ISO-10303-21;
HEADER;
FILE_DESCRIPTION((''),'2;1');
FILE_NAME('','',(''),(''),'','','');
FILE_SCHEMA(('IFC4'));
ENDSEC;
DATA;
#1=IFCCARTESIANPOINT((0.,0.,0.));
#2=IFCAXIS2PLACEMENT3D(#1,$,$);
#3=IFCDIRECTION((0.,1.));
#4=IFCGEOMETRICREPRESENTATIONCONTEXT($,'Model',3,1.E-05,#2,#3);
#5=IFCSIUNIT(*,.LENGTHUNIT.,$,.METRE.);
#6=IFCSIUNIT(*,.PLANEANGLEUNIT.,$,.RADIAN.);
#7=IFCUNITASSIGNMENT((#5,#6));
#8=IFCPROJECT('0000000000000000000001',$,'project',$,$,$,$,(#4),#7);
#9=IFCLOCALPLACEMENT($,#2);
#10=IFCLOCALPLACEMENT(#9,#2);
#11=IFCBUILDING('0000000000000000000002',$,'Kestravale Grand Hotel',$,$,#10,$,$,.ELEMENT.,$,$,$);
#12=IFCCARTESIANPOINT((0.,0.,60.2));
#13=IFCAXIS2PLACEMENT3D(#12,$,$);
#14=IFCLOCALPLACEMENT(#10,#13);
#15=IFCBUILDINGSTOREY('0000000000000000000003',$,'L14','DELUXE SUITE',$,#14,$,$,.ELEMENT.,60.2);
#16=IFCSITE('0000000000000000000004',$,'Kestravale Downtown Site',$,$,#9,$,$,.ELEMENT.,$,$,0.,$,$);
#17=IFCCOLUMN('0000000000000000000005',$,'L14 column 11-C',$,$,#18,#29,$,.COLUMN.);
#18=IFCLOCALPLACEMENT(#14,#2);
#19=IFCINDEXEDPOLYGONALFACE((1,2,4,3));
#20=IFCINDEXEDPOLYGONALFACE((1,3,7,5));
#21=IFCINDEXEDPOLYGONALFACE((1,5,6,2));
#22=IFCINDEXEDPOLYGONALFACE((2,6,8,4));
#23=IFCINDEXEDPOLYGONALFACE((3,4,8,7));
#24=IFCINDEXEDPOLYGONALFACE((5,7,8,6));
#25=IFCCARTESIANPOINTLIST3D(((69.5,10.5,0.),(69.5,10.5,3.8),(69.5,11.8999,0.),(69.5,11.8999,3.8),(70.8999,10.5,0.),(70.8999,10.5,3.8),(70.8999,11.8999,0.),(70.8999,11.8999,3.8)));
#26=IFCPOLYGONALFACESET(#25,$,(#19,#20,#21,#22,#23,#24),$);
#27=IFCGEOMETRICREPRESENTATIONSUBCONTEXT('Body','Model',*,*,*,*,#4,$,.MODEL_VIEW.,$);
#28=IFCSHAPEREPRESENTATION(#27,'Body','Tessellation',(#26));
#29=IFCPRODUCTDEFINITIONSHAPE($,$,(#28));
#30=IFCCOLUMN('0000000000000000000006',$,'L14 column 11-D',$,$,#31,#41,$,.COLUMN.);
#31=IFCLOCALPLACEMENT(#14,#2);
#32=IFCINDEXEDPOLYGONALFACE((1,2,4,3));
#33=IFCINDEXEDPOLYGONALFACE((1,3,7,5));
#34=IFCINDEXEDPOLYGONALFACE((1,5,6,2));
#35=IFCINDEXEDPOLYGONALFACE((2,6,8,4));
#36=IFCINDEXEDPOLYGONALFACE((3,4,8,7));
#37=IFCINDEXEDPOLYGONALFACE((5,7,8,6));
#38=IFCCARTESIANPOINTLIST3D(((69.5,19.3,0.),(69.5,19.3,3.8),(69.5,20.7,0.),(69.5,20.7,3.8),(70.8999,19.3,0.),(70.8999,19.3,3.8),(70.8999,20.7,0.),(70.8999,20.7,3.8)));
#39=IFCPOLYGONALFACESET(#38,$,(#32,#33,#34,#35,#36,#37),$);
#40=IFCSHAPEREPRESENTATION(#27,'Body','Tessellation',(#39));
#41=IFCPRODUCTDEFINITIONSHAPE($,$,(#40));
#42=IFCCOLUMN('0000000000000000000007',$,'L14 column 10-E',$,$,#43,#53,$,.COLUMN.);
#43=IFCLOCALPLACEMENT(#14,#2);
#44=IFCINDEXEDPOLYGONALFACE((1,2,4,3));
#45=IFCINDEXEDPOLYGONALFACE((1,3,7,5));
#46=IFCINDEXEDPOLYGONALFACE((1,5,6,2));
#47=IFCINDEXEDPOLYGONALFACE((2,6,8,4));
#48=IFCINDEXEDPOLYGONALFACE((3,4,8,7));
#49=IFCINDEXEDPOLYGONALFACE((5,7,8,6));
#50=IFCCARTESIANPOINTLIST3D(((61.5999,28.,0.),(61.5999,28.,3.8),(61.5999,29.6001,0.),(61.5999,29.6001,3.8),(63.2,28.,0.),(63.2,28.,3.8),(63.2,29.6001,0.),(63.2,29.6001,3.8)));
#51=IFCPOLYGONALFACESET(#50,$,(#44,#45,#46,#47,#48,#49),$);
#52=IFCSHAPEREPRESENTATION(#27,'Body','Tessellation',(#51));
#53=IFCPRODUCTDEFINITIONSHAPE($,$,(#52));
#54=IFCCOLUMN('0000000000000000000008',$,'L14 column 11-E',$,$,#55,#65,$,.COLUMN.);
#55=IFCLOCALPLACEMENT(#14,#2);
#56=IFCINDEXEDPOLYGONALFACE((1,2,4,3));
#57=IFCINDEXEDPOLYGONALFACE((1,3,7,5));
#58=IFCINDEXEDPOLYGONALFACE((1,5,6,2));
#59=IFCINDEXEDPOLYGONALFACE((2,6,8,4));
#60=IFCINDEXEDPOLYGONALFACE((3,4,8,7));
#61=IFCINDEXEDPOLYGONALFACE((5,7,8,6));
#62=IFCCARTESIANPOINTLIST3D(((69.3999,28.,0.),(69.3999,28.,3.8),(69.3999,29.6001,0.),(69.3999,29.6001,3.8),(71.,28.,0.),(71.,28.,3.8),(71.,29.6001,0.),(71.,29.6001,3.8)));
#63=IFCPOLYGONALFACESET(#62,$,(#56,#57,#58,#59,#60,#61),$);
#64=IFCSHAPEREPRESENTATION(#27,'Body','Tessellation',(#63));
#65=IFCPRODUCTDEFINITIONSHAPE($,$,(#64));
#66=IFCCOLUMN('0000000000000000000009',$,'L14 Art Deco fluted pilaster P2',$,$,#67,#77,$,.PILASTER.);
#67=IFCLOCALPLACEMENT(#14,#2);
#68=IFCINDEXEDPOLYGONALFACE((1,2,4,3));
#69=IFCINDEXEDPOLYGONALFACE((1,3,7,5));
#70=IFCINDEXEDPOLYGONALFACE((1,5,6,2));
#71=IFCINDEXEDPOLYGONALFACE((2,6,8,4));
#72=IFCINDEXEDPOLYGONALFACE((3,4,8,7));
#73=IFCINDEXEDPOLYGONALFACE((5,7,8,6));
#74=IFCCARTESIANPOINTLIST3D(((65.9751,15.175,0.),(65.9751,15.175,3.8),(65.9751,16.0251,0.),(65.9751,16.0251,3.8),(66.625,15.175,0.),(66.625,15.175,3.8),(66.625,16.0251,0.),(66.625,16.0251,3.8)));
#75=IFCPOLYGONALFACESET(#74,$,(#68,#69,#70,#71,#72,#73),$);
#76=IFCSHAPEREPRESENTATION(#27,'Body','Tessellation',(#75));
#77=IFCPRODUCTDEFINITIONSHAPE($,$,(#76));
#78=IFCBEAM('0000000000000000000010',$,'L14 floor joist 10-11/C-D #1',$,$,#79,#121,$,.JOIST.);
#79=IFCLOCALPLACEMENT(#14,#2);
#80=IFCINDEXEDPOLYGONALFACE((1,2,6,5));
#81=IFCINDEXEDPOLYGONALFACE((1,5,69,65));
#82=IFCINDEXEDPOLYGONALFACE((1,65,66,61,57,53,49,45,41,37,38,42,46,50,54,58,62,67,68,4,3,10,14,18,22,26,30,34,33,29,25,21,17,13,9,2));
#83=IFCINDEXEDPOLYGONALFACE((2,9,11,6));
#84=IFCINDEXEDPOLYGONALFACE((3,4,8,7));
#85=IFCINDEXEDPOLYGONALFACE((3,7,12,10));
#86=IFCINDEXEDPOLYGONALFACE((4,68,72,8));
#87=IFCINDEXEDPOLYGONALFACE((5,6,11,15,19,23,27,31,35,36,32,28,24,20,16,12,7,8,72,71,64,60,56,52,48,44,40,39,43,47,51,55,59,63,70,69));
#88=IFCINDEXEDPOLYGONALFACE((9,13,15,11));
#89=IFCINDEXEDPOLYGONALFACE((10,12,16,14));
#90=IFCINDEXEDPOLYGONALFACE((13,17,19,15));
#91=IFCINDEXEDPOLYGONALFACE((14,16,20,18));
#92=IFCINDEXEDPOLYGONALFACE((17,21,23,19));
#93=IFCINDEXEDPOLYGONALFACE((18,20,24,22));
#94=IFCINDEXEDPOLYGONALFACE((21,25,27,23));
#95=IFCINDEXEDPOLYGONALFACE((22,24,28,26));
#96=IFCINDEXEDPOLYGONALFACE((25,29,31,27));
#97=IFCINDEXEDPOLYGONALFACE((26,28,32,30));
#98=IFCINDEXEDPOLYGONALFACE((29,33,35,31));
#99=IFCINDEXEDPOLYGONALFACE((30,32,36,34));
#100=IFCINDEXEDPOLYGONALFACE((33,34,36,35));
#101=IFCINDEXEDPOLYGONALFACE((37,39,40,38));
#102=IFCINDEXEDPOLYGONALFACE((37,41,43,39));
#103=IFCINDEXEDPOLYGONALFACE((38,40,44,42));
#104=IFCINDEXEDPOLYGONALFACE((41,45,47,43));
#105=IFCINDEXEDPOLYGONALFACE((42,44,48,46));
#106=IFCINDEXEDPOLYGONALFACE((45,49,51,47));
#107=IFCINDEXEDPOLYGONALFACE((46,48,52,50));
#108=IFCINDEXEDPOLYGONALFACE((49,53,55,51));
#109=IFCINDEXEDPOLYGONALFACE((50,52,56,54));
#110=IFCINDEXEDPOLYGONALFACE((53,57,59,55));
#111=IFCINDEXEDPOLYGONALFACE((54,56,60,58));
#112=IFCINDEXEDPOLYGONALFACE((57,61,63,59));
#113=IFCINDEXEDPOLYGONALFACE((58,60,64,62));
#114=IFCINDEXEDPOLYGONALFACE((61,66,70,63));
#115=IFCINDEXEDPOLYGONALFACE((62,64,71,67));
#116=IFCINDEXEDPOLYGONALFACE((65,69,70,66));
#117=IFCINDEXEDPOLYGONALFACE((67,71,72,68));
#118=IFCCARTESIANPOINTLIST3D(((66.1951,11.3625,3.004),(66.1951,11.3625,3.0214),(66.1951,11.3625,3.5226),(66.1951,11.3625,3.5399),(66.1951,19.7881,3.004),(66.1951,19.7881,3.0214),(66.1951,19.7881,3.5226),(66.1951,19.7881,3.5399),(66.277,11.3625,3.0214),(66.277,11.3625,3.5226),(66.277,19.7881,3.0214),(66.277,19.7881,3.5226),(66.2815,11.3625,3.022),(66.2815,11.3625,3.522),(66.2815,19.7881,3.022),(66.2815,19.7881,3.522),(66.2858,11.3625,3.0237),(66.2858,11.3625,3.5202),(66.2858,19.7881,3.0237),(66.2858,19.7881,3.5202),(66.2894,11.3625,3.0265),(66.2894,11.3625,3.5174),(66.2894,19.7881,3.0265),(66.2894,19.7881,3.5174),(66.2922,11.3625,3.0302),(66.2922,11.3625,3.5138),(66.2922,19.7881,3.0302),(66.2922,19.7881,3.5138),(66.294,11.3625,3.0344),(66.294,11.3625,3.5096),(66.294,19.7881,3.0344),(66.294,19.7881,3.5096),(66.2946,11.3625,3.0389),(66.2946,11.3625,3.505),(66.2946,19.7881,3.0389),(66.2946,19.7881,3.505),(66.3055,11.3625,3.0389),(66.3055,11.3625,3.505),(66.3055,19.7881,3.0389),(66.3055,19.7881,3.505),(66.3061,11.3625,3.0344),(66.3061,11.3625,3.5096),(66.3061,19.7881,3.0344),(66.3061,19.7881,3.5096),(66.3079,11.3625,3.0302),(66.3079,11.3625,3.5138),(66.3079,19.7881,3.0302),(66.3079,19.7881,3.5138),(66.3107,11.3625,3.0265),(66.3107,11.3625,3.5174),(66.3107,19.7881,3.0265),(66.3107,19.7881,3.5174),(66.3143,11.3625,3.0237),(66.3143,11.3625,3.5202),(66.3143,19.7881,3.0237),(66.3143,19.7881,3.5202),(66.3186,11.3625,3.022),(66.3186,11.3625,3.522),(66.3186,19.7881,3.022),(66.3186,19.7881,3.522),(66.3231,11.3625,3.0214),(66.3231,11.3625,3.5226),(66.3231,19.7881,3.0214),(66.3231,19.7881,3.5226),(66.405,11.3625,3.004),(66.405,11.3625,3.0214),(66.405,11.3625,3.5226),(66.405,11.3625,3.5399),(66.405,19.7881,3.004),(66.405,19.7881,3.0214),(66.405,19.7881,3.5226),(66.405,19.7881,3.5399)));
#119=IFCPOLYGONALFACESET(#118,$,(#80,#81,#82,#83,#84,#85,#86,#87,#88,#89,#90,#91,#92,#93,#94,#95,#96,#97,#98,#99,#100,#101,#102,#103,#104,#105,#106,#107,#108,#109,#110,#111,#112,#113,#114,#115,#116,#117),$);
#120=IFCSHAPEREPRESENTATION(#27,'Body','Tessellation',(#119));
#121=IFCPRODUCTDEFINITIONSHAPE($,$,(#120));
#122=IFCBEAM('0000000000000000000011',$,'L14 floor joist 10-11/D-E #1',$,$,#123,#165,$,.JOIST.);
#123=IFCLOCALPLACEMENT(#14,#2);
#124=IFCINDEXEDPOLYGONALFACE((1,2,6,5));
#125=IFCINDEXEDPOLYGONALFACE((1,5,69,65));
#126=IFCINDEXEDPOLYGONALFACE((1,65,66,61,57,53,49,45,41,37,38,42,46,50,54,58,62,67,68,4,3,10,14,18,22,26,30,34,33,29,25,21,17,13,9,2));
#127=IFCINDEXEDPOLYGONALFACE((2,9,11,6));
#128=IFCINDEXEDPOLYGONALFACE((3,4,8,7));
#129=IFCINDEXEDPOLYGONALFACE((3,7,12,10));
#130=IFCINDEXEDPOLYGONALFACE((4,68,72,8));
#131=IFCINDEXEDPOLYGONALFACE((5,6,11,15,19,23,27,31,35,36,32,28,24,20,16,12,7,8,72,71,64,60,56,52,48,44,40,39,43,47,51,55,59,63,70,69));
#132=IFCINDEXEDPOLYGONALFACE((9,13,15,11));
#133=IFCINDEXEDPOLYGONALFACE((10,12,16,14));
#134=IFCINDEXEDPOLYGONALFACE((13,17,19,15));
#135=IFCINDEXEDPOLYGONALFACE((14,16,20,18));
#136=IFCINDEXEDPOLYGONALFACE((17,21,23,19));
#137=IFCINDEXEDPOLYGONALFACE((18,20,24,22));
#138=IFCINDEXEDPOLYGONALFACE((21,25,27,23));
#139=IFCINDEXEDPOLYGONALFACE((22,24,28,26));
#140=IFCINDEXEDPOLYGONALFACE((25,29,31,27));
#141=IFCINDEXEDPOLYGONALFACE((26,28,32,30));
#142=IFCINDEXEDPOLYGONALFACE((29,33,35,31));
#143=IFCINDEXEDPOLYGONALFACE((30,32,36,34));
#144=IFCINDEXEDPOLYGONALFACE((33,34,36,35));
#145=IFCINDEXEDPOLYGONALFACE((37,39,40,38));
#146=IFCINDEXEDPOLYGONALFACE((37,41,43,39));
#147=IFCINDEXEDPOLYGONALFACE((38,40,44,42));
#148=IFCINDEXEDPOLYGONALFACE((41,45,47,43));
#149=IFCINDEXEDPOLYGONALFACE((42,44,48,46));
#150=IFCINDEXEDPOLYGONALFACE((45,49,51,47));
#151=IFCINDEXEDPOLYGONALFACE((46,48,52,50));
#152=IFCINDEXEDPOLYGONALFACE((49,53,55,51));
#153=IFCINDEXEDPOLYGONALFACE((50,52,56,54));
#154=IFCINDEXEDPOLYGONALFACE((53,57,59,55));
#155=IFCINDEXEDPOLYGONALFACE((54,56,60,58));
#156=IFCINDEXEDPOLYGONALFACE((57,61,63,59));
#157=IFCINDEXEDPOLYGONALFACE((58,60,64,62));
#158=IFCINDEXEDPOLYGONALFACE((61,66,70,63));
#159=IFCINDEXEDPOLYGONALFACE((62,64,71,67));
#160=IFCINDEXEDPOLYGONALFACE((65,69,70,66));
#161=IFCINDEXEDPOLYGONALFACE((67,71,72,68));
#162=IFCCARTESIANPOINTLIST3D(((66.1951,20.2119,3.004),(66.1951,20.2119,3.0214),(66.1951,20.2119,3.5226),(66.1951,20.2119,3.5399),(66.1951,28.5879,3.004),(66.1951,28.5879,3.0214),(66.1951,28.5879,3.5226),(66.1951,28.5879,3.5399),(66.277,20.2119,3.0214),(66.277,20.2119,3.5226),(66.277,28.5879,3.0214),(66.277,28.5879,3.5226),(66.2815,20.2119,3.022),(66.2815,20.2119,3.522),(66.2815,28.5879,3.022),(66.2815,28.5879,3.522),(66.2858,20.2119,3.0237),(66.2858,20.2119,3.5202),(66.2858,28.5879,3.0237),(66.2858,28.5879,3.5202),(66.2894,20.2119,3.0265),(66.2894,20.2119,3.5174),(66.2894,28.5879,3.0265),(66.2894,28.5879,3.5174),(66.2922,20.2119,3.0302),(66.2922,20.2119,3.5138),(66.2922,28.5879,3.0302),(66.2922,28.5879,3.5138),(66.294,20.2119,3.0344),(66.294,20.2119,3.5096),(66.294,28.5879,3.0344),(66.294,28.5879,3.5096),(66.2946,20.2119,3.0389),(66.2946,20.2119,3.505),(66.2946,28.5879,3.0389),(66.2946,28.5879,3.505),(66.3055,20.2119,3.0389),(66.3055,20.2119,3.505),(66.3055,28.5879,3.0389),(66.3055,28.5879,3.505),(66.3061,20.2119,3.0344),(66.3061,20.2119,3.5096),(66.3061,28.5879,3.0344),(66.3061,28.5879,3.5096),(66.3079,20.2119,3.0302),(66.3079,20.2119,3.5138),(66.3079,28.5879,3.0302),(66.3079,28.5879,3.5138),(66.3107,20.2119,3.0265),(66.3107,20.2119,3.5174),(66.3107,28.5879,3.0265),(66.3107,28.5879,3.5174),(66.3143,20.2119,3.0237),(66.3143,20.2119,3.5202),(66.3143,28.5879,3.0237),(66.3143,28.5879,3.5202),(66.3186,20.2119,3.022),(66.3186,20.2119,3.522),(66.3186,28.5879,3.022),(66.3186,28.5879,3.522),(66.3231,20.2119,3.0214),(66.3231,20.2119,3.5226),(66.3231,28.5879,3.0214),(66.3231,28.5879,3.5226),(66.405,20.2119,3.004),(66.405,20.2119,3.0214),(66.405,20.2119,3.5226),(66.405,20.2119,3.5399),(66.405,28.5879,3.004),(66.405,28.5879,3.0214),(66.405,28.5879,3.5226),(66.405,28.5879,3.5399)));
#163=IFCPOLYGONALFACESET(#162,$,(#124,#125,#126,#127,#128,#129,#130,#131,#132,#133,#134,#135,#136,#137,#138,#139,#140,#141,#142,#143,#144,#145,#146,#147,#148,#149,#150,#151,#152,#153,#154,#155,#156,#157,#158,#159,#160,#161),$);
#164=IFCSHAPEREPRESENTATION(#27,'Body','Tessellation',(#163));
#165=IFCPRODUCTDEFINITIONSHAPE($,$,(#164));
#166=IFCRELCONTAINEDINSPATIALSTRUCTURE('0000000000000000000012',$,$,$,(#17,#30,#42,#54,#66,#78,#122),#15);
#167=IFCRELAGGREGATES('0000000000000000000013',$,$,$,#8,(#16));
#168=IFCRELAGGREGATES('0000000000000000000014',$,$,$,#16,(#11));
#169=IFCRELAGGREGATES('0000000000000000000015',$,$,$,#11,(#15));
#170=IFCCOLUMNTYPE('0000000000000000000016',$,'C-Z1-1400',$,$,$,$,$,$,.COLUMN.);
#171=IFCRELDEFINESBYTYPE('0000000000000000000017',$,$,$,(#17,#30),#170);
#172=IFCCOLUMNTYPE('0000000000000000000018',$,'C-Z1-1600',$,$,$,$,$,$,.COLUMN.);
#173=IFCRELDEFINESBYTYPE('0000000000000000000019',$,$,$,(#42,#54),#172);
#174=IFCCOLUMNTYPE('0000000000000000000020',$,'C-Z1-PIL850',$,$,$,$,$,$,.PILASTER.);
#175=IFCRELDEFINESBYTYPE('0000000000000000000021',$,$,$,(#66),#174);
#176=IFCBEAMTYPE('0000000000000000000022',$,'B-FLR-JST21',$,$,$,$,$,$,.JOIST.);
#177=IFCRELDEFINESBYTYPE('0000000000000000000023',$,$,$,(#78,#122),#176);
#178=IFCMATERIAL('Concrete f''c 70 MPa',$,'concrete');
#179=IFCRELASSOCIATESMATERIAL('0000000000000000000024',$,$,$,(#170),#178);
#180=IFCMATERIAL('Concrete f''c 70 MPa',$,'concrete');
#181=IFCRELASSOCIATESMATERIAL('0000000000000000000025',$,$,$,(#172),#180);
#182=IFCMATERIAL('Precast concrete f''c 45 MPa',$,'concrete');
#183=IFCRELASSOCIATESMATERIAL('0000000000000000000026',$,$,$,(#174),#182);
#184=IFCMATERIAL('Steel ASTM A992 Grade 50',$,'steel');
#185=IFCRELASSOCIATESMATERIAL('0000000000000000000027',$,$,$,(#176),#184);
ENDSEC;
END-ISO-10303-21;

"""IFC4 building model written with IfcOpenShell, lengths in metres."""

from ifc_helpers import new_model, si_unit, direction, frame, origin, origin_2d, place, context, subcontext, project, spatial, rectangle, i_section, extrude, material, material_profile, profile_set, type_object, element, save


model = new_model("IFC4")

# Units and contexts
model_context = context("Model", 3, precision=1e-05, world=origin(), true_north=direction((0.0, 1.0)))
body_context = subcontext(model_context, "Body", "Model", "MODEL_VIEW")
ifc_project = project(units=[si_unit("LENGTHUNIT", "METRE"), si_unit("PLANEANGLEUNIT", "RADIAN")], contexts=[model_context])

# Site, building, storey
site_placement = place(None, origin())
site = spatial("IfcSite", under=ifc_project, at=site_placement, Name="Kestravale Downtown Site", CompositionType="ELEMENT", RefElevation=0.0)
building_placement = place(site_placement, origin())
building = spatial("IfcBuilding", under=site, at=building_placement, Name="Kestravale Grand Hotel", CompositionType="ELEMENT")
storey_placement = place(building_placement, frame((0.0, 0.0, 60.2)))
storey = spatial("IfcBuildingStorey", under=building, at=storey_placement, Name="L14", Description="DELUXE SUITE", CompositionType="ELEMENT", Elevation=60.2)

# Columns
ifc_material_1 = material(Name="Concrete f'c 70 MPa", Category="concrete")
ifc_material_profile_1 = material_profile(ifc_material_1, rectangle(XDim=1.3999, YDim=1.3999, at=origin_2d()))
ifc_profile_set_1 = profile_set([ifc_material_profile_1], Name="Concrete f'c 70 MPa")
column_type_1 = type_object("IfcColumnType", Name="C-Z1-1400", PredefinedType="COLUMN", material=ifc_profile_set_1)
for number, where, z_axis, x_axis, name in (
    (1, (70.2, 11.2, 0.0), (0.0, 0.0, 1.0), (1.0, 0.0, 0.0), "L14 column 11-C"),
    (2, (70.2, 20.0, 0.0), (0.0, 0.0, 1.0), (1.0, 0.0, 0.0), "L14 column 11-D"),
):
    element("IfcColumn", number, at=place(storey_placement, frame(where, z_axis=z_axis, x_axis=x_axis)), inside=storey, type_object=column_type_1, Name=name, PredefinedType="COLUMN", context=body_context, shape_type="SweptSolid", body=[
        extrude(rectangle(XDim=1.3999, YDim=1.3999, at=origin_2d()), origin(), (0.0, 0.0, 1.0), 3.8),
    ])
ifc_material_2 = material(Name="Concrete f'c 70 MPa", Category="concrete")
ifc_material_profile_2 = material_profile(ifc_material_2, rectangle(XDim=1.6001, YDim=1.6001, at=origin_2d()))
ifc_profile_set_2 = profile_set([ifc_material_profile_2], Name="Concrete f'c 70 MPa")
column_type_2 = type_object("IfcColumnType", Name="C-Z1-1600", PredefinedType="COLUMN", material=ifc_profile_set_2)
for number, where, z_axis, x_axis, name in (
    (3, (62.3999, 28.8, 0.0), (0.0, 0.0, 1.0), (1.0, 0.0, 0.0), "L14 column 10-E"),
    (4, (70.2, 28.8, 0.0), (0.0, 0.0, 1.0), (1.0, 0.0, 0.0), "L14 column 11-E"),
):
    element("IfcColumn", number, at=place(storey_placement, frame(where, z_axis=z_axis, x_axis=x_axis)), inside=storey, type_object=column_type_2, Name=name, PredefinedType="COLUMN", context=body_context, shape_type="SweptSolid", body=[
        extrude(rectangle(XDim=1.6001, YDim=1.6001, at=origin_2d()), origin(), (0.0, 0.0, 1.0), 3.8),
    ])
ifc_material_3 = material(Name="Precast concrete f'c 45 MPa", Category="concrete")
ifc_material_profile_3 = material_profile(ifc_material_3, rectangle(XDim=0.6499, YDim=0.8501, at=origin_2d()))
ifc_profile_set_3 = profile_set([ifc_material_profile_3], Name="Precast concrete f'c 45 MPa")
column_type_3 = type_object("IfcColumnType", Name="C-Z1-PIL850", PredefinedType="PILASTER", material=ifc_profile_set_3)
column_placement = place(storey_placement, frame((66.3, 15.6001, 0.0), z_axis=(0.0, 0.0, 1.0), x_axis=(1.0, 0.0, 0.0)))
element("IfcColumn", 5, at=column_placement, inside=storey, type_object=column_type_3, Name="L14 Art Deco fluted pilaster P2", PredefinedType="PILASTER", context=body_context, shape_type="SweptSolid", body=[
    extrude(rectangle(XDim=0.6499, YDim=0.8501, at=origin_2d()), origin(), (0.0, 0.0, 1.0), 3.8),
])

# Beams
ifc_material_4 = material(Name="Steel ASTM A992 Grade 50", Category="steel")
ifc_material_profile_4 = material_profile(ifc_material_4, i_section(OverallWidth=0.21, OverallDepth=0.5359, WebThickness=0.011, FlangeThickness=0.0173, FilletRadius=0.0176, at=origin_2d()))
ifc_profile_set_4 = profile_set([ifc_material_profile_4], Name="Steel ASTM A992 Grade 50")
beam_type_1 = type_object("IfcBeamType", Name="B-FLR-JST21", PredefinedType="JOIST", material=ifc_profile_set_4)
beam_1_placement = place(storey_placement, frame((66.3, 11.3625, 3.272), z_axis=(0.0, 1.0, 0.0), x_axis=(-1.0, 0.0, 0.0)))
element("IfcBeam", 6, at=beam_1_placement, inside=storey, type_object=beam_type_1, Name="L14 floor joist 10-11/C-D #1", PredefinedType="JOIST", context=body_context, shape_type="SweptSolid", body=[
    extrude(i_section(OverallWidth=0.21, OverallDepth=0.5359, WebThickness=0.011, FlangeThickness=0.0173, FilletRadius=0.0176, at=origin_2d()), origin(), (0.0, 0.0, 1.0), 8.4255),
])
beam_2_placement = place(storey_placement, frame((66.3, 20.2119, 3.272), z_axis=(0.0, 1.0, 0.0), x_axis=(-1.0, 0.0, 0.0)))
element("IfcBeam", 7, at=beam_2_placement, inside=storey, type_object=beam_type_1, Name="L14 floor joist 10-11/D-E #1", PredefinedType="JOIST", context=body_context, shape_type="SweptSolid", body=[
    extrude(i_section(OverallWidth=0.21, OverallDepth=0.5359, WebThickness=0.011, FlangeThickness=0.0173, FilletRadius=0.0176, at=origin_2d()), origin(), (0.0, 0.0, 1.0), 8.376),
])

save(model, "model.ifc")
